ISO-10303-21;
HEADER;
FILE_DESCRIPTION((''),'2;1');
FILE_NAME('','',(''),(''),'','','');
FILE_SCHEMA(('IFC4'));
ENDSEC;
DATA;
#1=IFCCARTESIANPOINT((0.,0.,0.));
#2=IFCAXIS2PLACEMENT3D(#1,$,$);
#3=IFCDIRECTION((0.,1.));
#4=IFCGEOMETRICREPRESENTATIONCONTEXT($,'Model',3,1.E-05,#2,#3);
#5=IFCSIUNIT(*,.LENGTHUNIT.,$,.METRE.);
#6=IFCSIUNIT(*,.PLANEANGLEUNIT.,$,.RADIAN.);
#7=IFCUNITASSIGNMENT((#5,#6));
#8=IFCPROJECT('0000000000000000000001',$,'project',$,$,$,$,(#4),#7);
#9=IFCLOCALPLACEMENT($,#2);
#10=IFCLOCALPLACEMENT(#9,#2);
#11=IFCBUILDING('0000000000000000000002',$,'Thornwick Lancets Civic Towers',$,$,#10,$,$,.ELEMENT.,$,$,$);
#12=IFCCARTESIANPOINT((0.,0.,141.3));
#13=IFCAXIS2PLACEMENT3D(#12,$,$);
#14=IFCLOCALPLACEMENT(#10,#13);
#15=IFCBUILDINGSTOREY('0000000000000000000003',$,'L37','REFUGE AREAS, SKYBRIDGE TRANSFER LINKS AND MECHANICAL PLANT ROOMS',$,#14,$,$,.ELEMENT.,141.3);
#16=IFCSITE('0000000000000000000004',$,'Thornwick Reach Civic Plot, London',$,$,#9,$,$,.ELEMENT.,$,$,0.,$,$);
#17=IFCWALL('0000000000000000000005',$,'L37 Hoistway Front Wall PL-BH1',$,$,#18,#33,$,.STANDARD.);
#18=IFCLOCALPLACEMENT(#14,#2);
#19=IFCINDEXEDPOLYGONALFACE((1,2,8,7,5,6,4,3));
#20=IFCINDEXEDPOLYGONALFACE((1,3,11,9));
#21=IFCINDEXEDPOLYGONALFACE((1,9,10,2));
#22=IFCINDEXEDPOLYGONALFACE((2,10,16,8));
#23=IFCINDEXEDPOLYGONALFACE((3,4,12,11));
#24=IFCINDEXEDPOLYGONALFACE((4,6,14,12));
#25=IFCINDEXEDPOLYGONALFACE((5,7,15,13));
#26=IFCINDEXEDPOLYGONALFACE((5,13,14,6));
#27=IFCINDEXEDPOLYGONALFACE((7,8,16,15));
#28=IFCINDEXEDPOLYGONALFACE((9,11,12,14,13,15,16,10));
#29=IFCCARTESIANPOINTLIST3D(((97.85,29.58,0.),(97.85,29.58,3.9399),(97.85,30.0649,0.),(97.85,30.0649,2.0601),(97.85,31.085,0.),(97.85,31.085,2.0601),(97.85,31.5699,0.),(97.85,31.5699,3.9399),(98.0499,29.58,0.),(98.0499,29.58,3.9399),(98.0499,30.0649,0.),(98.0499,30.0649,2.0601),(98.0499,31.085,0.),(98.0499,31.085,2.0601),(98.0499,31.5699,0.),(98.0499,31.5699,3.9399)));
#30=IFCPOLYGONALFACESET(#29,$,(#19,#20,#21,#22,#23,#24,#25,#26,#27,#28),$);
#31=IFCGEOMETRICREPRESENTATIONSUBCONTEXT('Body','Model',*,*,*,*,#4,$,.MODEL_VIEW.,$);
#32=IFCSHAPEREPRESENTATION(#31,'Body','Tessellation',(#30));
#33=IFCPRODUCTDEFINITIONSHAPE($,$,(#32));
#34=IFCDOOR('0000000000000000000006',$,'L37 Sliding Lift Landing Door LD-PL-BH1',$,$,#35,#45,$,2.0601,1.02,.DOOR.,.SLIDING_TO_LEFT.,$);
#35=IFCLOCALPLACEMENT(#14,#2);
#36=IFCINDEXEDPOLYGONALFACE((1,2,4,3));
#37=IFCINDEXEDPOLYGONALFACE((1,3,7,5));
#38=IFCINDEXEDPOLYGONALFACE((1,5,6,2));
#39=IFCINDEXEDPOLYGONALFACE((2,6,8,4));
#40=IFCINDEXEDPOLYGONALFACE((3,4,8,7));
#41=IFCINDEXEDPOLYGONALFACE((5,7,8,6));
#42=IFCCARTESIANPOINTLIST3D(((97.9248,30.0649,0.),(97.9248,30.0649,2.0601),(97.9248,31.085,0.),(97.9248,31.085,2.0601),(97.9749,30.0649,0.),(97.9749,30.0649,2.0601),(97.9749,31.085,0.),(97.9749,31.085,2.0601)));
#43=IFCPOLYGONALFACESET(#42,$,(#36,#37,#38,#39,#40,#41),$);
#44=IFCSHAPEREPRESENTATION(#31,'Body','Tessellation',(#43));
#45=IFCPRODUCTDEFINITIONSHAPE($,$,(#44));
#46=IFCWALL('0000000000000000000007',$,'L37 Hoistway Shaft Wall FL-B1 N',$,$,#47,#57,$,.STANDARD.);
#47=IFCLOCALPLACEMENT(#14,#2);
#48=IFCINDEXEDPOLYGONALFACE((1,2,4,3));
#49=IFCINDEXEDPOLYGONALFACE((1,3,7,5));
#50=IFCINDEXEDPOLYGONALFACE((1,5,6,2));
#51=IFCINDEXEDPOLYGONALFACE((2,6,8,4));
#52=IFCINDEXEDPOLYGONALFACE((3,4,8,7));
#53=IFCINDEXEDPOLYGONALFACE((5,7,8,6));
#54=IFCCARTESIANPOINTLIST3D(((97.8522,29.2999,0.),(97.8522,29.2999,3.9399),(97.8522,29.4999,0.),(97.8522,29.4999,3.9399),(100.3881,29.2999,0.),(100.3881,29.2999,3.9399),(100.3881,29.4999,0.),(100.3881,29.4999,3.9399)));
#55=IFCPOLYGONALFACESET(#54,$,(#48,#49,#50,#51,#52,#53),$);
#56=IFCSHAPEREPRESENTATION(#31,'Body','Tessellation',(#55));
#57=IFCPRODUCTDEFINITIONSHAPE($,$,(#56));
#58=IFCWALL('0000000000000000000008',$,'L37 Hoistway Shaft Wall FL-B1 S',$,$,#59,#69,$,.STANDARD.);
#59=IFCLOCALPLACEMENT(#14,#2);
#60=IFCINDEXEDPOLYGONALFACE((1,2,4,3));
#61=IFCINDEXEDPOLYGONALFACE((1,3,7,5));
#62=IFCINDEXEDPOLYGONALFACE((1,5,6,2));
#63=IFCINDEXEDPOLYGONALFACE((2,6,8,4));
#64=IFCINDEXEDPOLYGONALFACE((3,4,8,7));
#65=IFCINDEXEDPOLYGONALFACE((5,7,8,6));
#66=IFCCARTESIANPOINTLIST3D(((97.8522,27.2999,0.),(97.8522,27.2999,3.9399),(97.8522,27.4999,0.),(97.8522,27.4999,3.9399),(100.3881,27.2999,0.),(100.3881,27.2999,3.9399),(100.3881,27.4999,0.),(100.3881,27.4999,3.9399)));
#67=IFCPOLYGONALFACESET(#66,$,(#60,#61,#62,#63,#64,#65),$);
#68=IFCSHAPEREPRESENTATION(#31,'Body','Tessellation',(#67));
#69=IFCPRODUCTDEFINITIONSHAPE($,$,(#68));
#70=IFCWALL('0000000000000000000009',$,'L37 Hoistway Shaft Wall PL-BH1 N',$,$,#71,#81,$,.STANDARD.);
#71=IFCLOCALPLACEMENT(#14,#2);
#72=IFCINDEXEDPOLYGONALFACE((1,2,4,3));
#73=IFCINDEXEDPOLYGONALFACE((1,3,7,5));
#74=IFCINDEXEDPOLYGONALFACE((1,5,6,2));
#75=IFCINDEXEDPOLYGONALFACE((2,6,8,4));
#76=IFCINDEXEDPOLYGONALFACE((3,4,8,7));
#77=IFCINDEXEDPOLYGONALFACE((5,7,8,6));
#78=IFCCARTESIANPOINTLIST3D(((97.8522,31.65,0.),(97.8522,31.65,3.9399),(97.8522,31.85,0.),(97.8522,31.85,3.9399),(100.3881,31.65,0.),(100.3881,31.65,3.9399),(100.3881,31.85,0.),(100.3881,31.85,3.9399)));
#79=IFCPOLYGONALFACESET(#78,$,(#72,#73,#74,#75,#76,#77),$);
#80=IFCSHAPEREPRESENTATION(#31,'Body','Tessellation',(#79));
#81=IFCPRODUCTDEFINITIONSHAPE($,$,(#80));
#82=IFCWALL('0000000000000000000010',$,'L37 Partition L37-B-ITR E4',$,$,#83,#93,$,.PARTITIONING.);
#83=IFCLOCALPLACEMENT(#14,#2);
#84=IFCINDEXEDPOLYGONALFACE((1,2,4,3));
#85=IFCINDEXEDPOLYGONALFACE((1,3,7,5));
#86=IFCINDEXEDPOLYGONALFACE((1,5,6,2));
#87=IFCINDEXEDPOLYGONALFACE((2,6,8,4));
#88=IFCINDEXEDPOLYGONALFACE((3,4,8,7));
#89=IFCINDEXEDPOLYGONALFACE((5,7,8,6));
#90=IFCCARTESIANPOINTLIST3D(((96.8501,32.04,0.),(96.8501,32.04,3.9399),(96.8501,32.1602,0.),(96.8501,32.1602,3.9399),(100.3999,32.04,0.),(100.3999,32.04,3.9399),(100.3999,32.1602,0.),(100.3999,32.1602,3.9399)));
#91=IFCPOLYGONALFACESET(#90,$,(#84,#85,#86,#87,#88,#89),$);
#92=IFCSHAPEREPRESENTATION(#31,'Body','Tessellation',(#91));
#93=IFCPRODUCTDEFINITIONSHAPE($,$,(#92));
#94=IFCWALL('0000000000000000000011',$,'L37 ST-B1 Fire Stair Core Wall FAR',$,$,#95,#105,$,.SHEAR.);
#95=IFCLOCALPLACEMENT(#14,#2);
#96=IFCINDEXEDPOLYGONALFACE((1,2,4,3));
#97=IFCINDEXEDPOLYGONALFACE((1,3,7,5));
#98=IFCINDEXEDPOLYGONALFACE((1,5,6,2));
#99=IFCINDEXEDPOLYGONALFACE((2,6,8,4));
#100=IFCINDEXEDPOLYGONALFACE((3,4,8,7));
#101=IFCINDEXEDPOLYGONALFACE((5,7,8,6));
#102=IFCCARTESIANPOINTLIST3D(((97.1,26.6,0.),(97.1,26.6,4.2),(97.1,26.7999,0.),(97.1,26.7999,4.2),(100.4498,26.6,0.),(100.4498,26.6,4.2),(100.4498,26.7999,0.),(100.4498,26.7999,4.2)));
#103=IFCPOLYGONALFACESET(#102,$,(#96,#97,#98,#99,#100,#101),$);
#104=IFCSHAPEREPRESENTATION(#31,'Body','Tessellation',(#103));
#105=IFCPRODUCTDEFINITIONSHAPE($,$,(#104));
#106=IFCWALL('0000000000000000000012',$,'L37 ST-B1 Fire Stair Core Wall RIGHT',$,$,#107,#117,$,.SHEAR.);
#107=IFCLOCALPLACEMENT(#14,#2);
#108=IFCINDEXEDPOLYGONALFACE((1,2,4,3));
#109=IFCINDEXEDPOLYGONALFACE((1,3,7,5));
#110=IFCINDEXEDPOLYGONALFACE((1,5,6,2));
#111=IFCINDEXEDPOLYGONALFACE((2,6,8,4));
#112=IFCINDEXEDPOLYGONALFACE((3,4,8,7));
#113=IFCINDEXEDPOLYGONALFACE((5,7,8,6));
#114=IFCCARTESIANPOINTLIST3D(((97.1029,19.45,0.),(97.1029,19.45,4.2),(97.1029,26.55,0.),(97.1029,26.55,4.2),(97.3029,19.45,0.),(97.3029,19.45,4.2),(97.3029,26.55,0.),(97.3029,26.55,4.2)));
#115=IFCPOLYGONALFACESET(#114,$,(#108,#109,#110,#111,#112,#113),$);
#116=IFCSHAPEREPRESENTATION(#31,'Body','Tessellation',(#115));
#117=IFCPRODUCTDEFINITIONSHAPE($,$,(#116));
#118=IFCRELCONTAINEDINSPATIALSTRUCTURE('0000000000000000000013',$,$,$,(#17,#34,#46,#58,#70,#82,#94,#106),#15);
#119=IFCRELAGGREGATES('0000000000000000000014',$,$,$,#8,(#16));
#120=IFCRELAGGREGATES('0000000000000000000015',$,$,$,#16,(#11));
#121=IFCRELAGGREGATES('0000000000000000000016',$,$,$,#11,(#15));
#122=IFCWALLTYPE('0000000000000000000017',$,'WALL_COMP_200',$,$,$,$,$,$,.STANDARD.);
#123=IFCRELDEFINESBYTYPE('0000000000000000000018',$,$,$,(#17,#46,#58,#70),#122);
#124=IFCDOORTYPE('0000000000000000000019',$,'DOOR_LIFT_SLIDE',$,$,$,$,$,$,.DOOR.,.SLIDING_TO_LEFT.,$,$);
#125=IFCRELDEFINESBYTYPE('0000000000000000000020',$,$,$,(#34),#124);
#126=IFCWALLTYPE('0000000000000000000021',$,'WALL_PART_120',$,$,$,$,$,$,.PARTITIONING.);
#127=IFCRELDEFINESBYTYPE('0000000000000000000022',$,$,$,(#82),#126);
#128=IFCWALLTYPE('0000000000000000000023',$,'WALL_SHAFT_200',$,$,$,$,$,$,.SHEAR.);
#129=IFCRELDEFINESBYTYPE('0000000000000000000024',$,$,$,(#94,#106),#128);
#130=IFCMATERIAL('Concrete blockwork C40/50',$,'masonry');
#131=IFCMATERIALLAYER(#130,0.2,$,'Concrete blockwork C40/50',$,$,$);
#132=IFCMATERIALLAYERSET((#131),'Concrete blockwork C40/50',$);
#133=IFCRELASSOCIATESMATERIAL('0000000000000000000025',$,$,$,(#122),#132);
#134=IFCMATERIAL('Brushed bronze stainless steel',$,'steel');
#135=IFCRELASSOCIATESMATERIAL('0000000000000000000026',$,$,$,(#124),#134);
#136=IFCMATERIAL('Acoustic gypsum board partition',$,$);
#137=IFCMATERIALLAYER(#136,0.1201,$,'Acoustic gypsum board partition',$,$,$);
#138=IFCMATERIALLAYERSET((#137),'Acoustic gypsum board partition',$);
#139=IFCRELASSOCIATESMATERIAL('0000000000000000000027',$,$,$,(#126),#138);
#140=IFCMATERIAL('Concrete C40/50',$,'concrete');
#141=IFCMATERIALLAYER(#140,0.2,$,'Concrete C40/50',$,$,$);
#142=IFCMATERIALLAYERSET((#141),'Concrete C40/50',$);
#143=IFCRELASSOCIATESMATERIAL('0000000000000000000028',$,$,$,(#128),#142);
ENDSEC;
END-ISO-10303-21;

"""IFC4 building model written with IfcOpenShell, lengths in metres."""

from ifc_helpers import new_model, si_unit, direction, frame, frame_2d, origin, place, context, subcontext, project, spatial, rectangle, extrude, material, layer, layer_set, type_object, element, fill, save


model = new_model("IFC4")

# Units and contexts
model_context = context("Model", 3, precision=1e-05, world=origin(), true_north=direction((0.0, 1.0)))
body_context = subcontext(model_context, "Body", "Model", "MODEL_VIEW")
ifc_project = project(units=[si_unit("LENGTHUNIT", "METRE"), si_unit("PLANEANGLEUNIT", "RADIAN")], contexts=[model_context])

# Site, building, storey
site_placement = place(None, origin())
site = spatial("IfcSite", under=ifc_project, at=site_placement, Name="Thornwick Reach Civic Plot, London", CompositionType="ELEMENT", RefElevation=0.0)
building_placement = place(site_placement, origin())
building = spatial("IfcBuilding", under=site, at=building_placement, Name="Thornwick Lancets Civic Towers", CompositionType="ELEMENT")
storey_placement = place(building_placement, frame((0.0, 0.0, 141.3)))
storey = spatial("IfcBuildingStorey", under=building, at=storey_placement, Name="L37", Description="REFUGE AREAS, SKYBRIDGE TRANSFER LINKS AND MECHANICAL PLANT ROOMS", CompositionType="ELEMENT", Elevation=141.3)

# Shared definitions
ifc_material_1 = material(Name="Concrete C40/50", Category="concrete")

# Wall, opening, door
ifc_material_2 = material(Name="Concrete blockwork C40/50", Category="masonry")
ifc_layer_1 = layer(ifc_material_2, 0.2, Name="Concrete blockwork C40/50")
ifc_layer_set_1 = layer_set([ifc_layer_1], Name="Concrete blockwork C40/50")
wall_type_1 = type_object("IfcWallType", Name="WALL_COMP_200", PredefinedType="STANDARD", material=ifc_layer_set_1)
ifc_material_3 = material(Name="Brushed bronze stainless steel", Category="steel")
door_type = type_object("IfcDoorType", Name="DOOR_LIFT_SLIDE", OperationType="SLIDING_TO_LEFT", PredefinedType="DOOR", material=ifc_material_3)
wall_1_placement = place(storey_placement, frame((97.95, 31.5701, 0.0), z_axis=(0.0, 0.0, 1.0), x_axis=(0.0, -1.0, 0.0)))
wall_1 = element("IfcWall", 1, at=wall_1_placement, inside=storey, type_object=wall_type_1, Name="L37 Hoistway Front Wall PL-BH1", PredefinedType="STANDARD", context=body_context, shape_type="SweptSolid", body=[
    extrude(rectangle(XDim=1.99, YDim=0.2, at=frame_2d((0.9951, 0.0))), origin(), (0.0, 0.0, 1.0), 3.9399),
])
opening_1_placement = place(wall_1_placement, frame((0.4851, 0.0, 0.0)))
opening_1 = element("IfcOpeningElement", 2, at=opening_1_placement, cuts=wall_1, PredefinedType="OPENING", context=body_context, shape_type="SweptSolid", body=[
    extrude(rectangle(XDim=1.02, YDim=2.0601, at=frame_2d((0.51, 1.03))), frame((0.0, 0.1099, 0.0), z_axis=(0.0, -1.0, 0.0), x_axis=(1.0, 0.0, 0.0)), (0.0, 0.0, 1.0), 0.22),
])
door_1_placement = place(opening_1_placement, origin())
door_1 = element("IfcDoor", 3, at=door_1_placement, inside=storey, type_object=door_type, Name="L37 Sliding Lift Landing Door LD-PL-BH1", OperationType="SLIDING_TO_LEFT", OverallHeight=2.0601, OverallWidth=1.02, PredefinedType="DOOR", context=body_context, shape_type="SweptSolid", body=[
    extrude(rectangle(XDim=1.02, YDim=2.0601, at=frame_2d((0.51, 1.03))), frame((0.0, 0.0249, 0.0), z_axis=(0.0, -1.0, 0.0), x_axis=(1.0, 0.0, 0.0)), (0.0, 0.0, 1.0), 0.05),
])
fill(opening_1, door_1)

# Walls
for number, where, z_axis, x_axis, name in (
    (4, (97.8521, 29.3999, 0.0), (0.0, 0.0, 1.0), (1.0, 0.0, 0.0), "L37 Hoistway Shaft Wall FL-B1 N"),
    (5, (97.8521, 27.3999, 0.0), (0.0, 0.0, 1.0), (1.0, 0.0, 0.0), "L37 Hoistway Shaft Wall FL-B1 S"),
    (6, (97.8521, 31.75, 0.0), (0.0, 0.0, 1.0), (1.0, 0.0, 0.0), "L37 Hoistway Shaft Wall PL-BH1 N"),
):
    element("IfcWall", number, at=place(storey_placement, frame(where, z_axis=z_axis, x_axis=x_axis)), inside=storey, type_object=wall_type_1, Name=name, PredefinedType="STANDARD", context=body_context, shape_type="SweptSolid", body=[
        extrude(rectangle(XDim=2.5359, YDim=0.2, at=frame_2d((1.2681, 0.0))), origin(), (0.0, 0.0, 1.0), 3.9399),
    ])
ifc_material_4 = material(Name="Acoustic gypsum board partition")
ifc_layer_2 = layer(ifc_material_4, 0.1201, Name="Acoustic gypsum board partition")
ifc_layer_set_2 = layer_set([ifc_layer_2], Name="Acoustic gypsum board partition")
wall_type_2 = type_object("IfcWallType", Name="WALL_PART_120", PredefinedType="PARTITIONING", material=ifc_layer_set_2)
wall_2_placement = place(storey_placement, frame((100.3999, 32.1001, 0.0), z_axis=(0.0, 0.0, 1.0), x_axis=(-1.0, 0.0, 0.0)))
element("IfcWall", 7, at=wall_2_placement, inside=storey, type_object=wall_type_2, Name="L37 Partition L37-B-ITR E4", PredefinedType="PARTITIONING", context=body_context, shape_type="SweptSolid", body=[
    extrude(rectangle(XDim=3.5498, YDim=0.1201, at=frame_2d((1.7749, 0.0))), origin(), (0.0, 0.0, 1.0), 3.9399),
])
ifc_layer_3 = layer(ifc_material_1, 0.2, Name="Concrete C40/50")
ifc_layer_set_3 = layer_set([ifc_layer_3], Name="Concrete C40/50")
wall_type_3 = type_object("IfcWallType", Name="WALL_SHAFT_200", PredefinedType="SHEAR", material=ifc_layer_set_3)
wall_3_placement = place(storey_placement, frame((97.1001, 26.7, 0.0), z_axis=(0.0, 0.0, 1.0), x_axis=(1.0, 0.0, 0.0)))
element("IfcWall", 8, at=wall_3_placement, inside=storey, type_object=wall_type_3, Name="L37 ST-B1 Fire Stair Core Wall FAR", PredefinedType="SHEAR", context=body_context, shape_type="SweptSolid", body=[
    extrude(rectangle(XDim=3.3499, YDim=0.2, at=frame_2d((1.6748, 0.0))), origin(), (0.0, 0.0, 1.0), 4.2),
])
wall_4_placement = place(storey_placement, frame((97.2029, 26.55, 0.0), z_axis=(0.0, 0.0, 1.0), x_axis=(0.0, -1.0, 0.0)))
element("IfcWall", 9, at=wall_4_placement, inside=storey, type_object=wall_type_3, Name="L37 ST-B1 Fire Stair Core Wall RIGHT", PredefinedType="SHEAR", context=body_context, shape_type="SweptSolid", body=[
    extrude(rectangle(XDim=7.1001, YDim=0.2, at=frame_2d((3.55, 0.0))), origin(), (0.0, 0.0, 1.0), 4.2),
])

save(model, "model.ifc")
